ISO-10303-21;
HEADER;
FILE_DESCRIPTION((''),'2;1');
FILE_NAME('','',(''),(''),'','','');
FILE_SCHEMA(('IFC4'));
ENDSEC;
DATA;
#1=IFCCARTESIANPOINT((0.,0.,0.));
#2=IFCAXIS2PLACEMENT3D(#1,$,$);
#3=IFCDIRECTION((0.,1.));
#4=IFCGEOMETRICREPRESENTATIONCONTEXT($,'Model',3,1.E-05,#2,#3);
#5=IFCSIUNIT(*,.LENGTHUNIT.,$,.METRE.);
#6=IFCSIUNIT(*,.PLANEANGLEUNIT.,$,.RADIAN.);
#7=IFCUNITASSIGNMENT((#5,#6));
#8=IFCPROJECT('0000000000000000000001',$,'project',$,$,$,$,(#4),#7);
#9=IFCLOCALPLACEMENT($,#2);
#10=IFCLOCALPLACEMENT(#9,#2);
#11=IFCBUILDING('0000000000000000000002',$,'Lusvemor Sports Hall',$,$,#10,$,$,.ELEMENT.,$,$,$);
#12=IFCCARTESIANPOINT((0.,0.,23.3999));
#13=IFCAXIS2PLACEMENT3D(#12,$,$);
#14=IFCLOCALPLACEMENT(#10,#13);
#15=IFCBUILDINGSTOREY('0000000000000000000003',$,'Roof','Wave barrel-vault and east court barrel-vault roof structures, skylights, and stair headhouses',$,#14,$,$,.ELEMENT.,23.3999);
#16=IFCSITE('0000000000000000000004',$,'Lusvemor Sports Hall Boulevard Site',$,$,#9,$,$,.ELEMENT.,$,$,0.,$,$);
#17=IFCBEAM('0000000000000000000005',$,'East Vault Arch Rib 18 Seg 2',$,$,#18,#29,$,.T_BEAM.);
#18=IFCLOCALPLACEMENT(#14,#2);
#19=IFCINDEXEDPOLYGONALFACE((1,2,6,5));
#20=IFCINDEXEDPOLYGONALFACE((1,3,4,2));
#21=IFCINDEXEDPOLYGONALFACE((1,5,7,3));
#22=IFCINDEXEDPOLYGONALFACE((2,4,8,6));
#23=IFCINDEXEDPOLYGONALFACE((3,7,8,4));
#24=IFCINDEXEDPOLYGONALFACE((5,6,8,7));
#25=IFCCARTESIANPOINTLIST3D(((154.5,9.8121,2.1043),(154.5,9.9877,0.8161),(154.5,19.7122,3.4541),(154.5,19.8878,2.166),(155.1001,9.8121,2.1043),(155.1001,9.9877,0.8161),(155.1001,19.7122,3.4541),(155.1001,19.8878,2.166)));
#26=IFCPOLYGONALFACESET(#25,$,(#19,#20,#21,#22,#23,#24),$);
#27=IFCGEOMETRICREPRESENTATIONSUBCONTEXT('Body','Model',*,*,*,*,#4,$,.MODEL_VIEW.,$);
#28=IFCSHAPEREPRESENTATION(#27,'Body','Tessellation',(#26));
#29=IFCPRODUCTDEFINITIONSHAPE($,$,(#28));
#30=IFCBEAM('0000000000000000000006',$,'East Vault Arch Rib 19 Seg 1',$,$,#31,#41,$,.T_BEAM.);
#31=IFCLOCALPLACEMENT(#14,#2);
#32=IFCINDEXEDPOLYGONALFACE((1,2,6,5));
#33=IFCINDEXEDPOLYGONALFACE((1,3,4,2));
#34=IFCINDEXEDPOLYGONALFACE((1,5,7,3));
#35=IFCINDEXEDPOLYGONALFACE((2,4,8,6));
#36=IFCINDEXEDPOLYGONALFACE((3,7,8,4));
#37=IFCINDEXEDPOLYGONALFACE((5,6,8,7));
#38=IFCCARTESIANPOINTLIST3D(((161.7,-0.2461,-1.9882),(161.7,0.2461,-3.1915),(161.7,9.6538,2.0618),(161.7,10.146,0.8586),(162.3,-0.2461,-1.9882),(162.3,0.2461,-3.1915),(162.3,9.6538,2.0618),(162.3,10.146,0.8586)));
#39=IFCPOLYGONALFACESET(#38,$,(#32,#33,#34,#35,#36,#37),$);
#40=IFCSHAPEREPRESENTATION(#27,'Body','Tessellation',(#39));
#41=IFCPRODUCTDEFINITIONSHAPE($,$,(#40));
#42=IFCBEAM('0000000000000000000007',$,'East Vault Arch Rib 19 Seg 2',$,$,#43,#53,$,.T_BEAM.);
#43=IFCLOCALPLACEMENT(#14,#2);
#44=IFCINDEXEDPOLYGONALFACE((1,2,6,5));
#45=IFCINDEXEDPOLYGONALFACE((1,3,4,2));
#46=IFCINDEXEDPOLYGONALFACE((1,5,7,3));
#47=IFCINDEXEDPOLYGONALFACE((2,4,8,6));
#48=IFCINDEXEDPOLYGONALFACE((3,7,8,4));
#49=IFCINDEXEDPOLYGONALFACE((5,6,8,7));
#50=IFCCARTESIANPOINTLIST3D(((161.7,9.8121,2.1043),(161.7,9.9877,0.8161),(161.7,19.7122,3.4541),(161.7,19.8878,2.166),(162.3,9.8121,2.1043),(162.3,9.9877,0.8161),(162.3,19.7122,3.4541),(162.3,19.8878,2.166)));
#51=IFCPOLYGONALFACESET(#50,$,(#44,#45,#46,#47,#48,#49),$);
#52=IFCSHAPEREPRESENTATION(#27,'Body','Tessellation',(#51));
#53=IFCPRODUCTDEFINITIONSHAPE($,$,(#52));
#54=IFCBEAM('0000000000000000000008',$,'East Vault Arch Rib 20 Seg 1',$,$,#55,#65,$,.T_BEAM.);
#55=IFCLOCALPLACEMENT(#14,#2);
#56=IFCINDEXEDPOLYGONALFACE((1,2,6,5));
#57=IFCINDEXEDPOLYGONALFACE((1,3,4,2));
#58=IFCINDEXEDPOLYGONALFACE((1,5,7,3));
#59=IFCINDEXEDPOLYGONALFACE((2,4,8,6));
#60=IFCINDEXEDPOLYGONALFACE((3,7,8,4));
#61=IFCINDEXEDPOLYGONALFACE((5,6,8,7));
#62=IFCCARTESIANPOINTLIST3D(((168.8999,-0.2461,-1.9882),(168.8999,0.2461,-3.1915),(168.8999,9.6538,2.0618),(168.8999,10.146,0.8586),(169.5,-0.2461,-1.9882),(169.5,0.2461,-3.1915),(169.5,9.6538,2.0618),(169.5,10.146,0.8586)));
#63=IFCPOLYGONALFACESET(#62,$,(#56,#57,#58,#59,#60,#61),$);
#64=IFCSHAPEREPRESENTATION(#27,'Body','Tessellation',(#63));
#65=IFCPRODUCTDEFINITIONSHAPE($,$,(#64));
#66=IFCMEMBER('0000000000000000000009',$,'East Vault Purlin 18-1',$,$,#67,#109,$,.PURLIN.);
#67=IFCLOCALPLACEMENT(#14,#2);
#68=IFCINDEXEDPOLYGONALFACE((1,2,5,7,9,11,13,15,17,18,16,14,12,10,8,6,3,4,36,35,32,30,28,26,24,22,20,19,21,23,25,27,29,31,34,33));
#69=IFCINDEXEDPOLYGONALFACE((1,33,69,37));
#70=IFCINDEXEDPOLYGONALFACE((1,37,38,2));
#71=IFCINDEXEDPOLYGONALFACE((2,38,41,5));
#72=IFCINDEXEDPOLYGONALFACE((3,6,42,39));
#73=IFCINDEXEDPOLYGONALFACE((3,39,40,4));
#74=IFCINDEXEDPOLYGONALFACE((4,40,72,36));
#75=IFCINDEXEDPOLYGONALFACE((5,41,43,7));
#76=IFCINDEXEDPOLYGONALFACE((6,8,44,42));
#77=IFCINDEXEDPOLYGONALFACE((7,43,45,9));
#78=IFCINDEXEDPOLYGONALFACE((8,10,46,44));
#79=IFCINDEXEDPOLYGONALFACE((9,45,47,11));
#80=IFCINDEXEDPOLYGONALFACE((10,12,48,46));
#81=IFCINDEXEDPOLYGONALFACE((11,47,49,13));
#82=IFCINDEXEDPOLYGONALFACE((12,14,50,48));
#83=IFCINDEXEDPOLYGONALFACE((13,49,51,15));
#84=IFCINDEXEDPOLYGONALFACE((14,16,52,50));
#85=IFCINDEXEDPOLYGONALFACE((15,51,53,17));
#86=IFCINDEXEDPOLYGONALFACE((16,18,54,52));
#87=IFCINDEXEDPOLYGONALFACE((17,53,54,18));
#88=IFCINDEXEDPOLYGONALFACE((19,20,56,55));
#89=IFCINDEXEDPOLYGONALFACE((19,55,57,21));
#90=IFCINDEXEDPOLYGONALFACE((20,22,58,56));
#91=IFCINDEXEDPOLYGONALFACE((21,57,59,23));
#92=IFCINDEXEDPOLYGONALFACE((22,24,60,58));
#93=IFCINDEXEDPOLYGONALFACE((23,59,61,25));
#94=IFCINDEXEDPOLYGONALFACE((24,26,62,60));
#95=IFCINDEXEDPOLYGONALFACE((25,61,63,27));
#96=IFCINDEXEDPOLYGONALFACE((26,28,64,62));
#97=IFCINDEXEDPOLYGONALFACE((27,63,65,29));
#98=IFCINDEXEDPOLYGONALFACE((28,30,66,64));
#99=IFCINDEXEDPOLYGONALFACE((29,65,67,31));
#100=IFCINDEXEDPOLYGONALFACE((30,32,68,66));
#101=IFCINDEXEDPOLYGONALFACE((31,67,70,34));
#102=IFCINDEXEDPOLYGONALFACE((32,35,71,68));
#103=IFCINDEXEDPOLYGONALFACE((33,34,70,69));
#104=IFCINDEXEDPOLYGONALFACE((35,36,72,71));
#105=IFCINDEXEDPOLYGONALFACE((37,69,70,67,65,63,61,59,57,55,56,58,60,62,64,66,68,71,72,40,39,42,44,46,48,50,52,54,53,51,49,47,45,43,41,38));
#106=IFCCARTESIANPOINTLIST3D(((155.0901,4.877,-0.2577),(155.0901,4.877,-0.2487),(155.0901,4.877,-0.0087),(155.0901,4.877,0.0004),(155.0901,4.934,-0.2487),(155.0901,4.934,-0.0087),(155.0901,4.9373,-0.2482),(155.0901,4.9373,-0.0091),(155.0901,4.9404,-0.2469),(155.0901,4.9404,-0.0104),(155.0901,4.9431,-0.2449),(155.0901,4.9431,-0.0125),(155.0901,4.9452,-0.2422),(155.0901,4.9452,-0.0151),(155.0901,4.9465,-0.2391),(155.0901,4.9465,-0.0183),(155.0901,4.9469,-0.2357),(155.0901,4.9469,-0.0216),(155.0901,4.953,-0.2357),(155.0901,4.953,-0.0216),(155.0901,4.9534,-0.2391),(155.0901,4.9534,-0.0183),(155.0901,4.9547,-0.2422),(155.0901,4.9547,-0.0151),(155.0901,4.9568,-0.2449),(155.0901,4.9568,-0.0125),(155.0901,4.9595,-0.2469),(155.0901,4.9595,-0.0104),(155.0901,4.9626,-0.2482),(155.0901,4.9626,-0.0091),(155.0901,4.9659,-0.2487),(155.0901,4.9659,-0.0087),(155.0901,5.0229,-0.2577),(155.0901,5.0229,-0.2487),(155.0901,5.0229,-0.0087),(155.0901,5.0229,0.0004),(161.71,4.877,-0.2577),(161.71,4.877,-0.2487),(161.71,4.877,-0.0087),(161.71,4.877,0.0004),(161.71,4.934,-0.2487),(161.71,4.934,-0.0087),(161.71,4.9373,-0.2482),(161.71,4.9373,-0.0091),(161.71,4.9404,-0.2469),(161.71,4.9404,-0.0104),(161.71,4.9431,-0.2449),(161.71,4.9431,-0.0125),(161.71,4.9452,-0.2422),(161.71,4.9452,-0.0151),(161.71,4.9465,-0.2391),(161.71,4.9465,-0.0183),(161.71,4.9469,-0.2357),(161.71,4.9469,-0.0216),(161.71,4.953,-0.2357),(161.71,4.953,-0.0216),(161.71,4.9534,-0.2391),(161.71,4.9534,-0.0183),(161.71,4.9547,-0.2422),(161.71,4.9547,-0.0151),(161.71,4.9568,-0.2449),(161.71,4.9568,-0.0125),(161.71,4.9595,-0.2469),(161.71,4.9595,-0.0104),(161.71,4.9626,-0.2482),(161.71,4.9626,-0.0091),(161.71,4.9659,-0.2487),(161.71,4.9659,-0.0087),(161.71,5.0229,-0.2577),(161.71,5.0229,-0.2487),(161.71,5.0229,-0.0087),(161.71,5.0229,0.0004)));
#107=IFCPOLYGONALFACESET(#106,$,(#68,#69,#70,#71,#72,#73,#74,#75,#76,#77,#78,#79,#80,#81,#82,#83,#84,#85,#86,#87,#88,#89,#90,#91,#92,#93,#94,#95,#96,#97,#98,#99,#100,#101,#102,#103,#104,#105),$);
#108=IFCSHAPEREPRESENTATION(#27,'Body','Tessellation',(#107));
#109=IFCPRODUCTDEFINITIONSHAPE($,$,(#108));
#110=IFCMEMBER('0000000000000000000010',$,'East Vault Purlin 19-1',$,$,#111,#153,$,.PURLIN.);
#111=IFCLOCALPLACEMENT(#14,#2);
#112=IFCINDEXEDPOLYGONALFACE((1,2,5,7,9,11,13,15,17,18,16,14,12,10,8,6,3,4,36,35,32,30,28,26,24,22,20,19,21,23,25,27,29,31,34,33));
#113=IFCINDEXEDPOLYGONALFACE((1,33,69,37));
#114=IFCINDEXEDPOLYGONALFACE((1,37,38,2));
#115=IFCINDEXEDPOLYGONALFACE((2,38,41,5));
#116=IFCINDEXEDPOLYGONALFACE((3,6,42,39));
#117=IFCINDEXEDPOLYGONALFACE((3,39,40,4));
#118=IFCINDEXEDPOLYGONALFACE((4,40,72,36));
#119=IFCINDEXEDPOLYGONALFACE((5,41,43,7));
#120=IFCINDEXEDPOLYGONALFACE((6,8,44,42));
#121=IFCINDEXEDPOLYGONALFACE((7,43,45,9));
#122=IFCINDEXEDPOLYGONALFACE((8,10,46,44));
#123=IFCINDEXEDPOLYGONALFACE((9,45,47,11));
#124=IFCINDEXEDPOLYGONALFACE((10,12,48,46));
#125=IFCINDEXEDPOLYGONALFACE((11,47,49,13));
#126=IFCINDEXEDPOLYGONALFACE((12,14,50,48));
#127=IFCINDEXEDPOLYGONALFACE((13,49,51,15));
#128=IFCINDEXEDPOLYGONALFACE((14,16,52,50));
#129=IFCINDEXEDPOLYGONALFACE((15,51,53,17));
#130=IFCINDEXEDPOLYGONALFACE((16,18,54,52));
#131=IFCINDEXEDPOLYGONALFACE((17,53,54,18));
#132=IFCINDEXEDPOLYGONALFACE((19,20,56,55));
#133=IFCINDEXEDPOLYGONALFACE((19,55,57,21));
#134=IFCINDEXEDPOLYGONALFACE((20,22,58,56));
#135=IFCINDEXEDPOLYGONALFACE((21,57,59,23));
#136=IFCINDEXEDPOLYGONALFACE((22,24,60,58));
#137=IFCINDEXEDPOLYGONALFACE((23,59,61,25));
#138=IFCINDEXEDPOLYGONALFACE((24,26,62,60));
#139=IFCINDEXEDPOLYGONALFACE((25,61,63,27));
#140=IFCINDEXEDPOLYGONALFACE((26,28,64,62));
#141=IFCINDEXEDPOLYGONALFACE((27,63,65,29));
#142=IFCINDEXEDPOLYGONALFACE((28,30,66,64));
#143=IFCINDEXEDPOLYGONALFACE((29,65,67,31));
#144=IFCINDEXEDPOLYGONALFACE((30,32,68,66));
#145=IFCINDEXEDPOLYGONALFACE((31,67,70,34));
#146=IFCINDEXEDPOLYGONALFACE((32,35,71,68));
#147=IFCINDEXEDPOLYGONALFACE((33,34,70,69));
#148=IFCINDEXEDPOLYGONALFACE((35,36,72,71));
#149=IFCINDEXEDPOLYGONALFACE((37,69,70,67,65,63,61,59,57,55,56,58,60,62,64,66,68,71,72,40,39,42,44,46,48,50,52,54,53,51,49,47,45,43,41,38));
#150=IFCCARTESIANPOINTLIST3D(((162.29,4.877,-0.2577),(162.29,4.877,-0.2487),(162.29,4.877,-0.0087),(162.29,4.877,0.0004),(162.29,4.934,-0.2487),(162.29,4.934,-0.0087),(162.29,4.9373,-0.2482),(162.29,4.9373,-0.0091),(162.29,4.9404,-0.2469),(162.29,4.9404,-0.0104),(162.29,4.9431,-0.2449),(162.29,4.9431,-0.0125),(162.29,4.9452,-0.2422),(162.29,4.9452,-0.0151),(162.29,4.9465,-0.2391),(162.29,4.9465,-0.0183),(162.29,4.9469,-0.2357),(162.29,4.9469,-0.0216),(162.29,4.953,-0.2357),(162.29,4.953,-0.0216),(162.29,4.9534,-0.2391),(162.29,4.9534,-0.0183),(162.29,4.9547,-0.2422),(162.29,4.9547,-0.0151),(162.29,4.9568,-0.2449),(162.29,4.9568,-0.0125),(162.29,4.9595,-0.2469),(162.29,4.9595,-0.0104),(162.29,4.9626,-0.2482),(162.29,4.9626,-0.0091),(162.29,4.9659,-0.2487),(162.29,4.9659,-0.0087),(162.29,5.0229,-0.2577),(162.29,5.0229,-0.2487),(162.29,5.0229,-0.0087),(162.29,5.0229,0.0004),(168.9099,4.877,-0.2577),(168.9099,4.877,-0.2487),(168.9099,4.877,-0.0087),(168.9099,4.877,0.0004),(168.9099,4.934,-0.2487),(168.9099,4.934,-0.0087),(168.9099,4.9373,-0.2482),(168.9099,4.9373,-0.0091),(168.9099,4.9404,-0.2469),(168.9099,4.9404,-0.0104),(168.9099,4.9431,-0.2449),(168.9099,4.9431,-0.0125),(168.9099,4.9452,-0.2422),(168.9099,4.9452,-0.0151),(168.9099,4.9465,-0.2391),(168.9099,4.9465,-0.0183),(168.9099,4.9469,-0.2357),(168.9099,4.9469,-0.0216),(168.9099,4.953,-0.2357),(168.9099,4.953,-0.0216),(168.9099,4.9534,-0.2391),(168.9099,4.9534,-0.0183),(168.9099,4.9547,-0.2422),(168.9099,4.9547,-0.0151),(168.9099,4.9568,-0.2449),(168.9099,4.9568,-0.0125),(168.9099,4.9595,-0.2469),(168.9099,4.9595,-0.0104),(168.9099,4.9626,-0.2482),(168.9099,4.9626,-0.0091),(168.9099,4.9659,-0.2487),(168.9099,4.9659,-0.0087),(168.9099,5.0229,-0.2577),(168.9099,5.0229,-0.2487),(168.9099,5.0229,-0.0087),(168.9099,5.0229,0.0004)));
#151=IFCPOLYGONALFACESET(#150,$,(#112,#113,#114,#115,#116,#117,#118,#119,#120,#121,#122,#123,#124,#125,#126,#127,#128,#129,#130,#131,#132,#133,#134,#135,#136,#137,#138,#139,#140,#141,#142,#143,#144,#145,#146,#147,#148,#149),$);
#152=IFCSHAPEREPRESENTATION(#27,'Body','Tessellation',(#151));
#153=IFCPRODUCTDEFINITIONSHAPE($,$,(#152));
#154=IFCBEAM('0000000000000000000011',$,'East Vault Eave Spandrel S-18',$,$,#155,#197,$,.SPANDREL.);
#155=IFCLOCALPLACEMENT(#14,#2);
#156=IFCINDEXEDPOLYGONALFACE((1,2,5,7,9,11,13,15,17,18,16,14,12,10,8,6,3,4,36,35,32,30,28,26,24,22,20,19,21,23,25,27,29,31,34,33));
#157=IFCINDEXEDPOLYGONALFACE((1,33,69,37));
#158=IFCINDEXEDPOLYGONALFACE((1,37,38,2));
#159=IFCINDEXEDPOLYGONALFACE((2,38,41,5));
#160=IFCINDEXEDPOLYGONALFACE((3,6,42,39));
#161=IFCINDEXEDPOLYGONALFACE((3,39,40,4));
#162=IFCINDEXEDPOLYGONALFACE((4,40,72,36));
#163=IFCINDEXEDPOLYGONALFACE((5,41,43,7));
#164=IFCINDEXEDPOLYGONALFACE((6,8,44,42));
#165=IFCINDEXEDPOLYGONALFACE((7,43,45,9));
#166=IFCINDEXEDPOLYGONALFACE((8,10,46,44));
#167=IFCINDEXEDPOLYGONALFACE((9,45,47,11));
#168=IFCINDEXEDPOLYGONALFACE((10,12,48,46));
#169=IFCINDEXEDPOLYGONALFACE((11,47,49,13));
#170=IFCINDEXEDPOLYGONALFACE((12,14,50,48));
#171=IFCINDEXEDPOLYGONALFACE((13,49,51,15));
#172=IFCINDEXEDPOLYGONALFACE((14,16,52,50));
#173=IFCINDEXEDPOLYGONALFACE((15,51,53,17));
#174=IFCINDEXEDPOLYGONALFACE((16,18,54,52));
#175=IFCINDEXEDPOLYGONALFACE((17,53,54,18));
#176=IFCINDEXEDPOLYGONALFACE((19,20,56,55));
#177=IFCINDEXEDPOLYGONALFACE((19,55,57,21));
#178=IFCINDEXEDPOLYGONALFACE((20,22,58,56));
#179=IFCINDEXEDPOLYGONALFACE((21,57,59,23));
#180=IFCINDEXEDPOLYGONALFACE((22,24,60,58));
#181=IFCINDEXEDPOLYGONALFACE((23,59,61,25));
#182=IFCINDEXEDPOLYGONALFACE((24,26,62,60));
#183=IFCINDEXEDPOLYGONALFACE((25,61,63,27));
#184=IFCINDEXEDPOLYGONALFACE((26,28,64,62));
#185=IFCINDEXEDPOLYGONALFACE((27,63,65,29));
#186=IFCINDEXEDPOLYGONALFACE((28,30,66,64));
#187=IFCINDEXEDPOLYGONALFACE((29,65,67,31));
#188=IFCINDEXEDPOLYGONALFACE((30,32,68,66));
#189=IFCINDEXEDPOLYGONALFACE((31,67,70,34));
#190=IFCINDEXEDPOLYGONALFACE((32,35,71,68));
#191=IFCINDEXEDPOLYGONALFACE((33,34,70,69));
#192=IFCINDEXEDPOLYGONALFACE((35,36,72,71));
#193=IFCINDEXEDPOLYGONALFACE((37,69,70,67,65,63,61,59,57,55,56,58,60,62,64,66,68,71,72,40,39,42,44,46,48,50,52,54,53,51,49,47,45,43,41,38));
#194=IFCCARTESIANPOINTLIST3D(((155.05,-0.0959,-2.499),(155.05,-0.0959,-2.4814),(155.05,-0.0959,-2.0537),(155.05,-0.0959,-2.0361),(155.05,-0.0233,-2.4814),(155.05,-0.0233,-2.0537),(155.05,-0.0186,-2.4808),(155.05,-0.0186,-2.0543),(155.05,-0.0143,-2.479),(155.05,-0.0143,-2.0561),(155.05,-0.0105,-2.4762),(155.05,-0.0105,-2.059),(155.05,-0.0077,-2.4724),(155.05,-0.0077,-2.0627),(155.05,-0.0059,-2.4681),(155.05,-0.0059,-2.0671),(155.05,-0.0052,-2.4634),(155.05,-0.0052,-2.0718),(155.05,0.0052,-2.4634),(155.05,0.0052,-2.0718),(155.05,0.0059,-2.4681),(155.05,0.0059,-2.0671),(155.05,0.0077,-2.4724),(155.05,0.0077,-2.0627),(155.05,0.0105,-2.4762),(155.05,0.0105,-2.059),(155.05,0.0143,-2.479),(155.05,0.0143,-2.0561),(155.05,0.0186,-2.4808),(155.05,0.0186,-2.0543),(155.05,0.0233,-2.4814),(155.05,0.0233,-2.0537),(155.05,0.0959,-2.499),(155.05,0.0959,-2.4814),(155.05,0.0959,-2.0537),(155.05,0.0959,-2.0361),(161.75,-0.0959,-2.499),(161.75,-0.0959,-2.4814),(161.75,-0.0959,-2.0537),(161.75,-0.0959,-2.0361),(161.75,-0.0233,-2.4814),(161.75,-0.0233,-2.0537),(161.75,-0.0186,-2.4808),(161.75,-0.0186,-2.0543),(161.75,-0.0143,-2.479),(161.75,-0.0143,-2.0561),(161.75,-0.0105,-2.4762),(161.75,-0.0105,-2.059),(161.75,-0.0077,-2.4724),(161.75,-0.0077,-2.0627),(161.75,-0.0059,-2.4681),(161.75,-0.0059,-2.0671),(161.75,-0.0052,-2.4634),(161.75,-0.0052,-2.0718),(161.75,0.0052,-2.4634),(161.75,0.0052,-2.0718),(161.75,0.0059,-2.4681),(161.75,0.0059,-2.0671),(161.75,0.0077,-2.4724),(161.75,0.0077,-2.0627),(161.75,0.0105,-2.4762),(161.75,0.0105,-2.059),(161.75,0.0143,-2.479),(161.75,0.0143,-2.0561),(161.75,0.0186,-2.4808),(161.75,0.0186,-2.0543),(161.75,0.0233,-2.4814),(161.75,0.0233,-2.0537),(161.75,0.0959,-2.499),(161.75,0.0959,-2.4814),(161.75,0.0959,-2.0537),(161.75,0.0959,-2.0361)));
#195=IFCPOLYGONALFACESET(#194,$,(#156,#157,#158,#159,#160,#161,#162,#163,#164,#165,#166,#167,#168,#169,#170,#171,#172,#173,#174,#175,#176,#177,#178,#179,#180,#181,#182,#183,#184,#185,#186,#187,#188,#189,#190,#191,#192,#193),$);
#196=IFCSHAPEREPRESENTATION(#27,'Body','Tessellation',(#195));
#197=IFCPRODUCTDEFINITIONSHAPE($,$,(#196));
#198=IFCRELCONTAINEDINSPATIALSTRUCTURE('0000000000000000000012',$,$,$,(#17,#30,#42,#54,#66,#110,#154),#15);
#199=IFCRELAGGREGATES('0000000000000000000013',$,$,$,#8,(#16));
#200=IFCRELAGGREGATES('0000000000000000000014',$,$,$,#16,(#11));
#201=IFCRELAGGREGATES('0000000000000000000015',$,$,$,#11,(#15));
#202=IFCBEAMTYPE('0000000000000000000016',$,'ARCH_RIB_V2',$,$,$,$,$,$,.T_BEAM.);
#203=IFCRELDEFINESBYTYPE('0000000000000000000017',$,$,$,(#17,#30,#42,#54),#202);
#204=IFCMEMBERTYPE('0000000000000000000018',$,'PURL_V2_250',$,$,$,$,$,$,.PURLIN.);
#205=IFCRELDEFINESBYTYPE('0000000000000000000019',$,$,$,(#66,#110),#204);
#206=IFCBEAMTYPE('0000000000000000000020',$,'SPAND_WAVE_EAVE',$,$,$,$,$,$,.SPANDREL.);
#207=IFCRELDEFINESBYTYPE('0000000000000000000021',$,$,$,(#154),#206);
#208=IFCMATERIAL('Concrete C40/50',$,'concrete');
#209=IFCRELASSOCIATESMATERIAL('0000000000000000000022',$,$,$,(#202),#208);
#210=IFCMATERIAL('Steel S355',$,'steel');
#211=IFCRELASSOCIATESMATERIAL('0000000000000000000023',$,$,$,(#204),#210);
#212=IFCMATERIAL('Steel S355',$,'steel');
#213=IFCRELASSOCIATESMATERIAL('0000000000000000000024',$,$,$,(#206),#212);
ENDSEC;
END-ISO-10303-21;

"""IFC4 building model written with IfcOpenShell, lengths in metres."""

from ifc_helpers import new_model, si_unit, direction, frame, origin, origin_2d, place, context, subcontext, project, spatial, rectangle, i_section, extrude, material, material_profile, profile_set, type_object, element, save


model = new_model("IFC4")

# Units and contexts
model_context = context("Model", 3, precision=1e-05, world=origin(), true_north=direction((0.0, 1.0)))
body_context = subcontext(model_context, "Body", "Model", "MODEL_VIEW")
ifc_project = project(units=[si_unit("LENGTHUNIT", "METRE"), si_unit("PLANEANGLEUNIT", "RADIAN")], contexts=[model_context])

# Site, building, storey
site_placement = place(None, origin())
site = spatial("IfcSite", under=ifc_project, at=site_placement, Name="Lusvemor Sports Hall Boulevard Site", CompositionType="ELEMENT", RefElevation=0.0)
building_placement = place(site_placement, origin())
building = spatial("IfcBuilding", under=site, at=building_placement, Name="Lusvemor Sports Hall", CompositionType="ELEMENT")
storey_placement = place(building_placement, frame((0.0, 0.0, 23.3999)))
storey = spatial("IfcBuildingStorey", under=building, at=storey_placement, Name="Roof", Description="Wave barrel-vault and east court barrel-vault roof structures, skylights, and stair headhouses", CompositionType="ELEMENT", Elevation=23.3999)

# Beams
ifc_material_1 = material(Name="Concrete C40/50", Category="concrete")
ifc_material_profile_1 = material_profile(ifc_material_1, rectangle(XDim=0.6001, YDim=1.3, at=origin_2d()), Name="RC600x1300")
ifc_profile_set_1 = profile_set([ifc_material_profile_1], Name="Concrete C40/50")
beam_type_1 = type_object("IfcBeamType", Name="ARCH_RIB_V2", PredefinedType="T_BEAM", material=ifc_profile_set_1)
beam_1_placement = place(storey_placement, frame((154.8, 9.8999, 1.4602), z_axis=(0.0, 0.990832, 0.135097), x_axis=(-1.0, 0.0, 0.0)))
element("IfcBeam", 1, at=beam_1_placement, inside=storey, type_object=beam_type_1, Name="East Vault Arch Rib 18 Seg 2", PredefinedType="T_BEAM", context=body_context, shape_type="SweptSolid", body=[
    extrude(rectangle(XDim=0.6001, YDim=1.3, at=origin_2d()), origin(), (0.0, 0.0, 1.0), 9.9917),
])
beam_2_placement = place(storey_placement, frame((162.0, 0.0, -2.5898), z_axis=(0.0, 0.925544, 0.37864), x_axis=(-1.0, 0.0, 0.0)))
element("IfcBeam", 2, at=beam_2_placement, inside=storey, type_object=beam_type_1, Name="East Vault Arch Rib 19 Seg 1", PredefinedType="T_BEAM", context=body_context, shape_type="SweptSolid", body=[
    extrude(rectangle(XDim=0.6001, YDim=1.3, at=origin_2d()), origin(), (0.0, 0.0, 1.0), 10.6963),
])
beam_3_placement = place(storey_placement, frame((162.0, 9.8999, 1.4602), z_axis=(0.0, 0.990832, 0.135097), x_axis=(-1.0, 0.0, 0.0)))
element("IfcBeam", 3, at=beam_3_placement, inside=storey, type_object=beam_type_1, Name="East Vault Arch Rib 19 Seg 2", PredefinedType="T_BEAM", context=body_context, shape_type="SweptSolid", body=[
    extrude(rectangle(XDim=0.6001, YDim=1.3, at=origin_2d()), origin(), (0.0, 0.0, 1.0), 9.9917),
])
beam_4_placement = place(storey_placement, frame((169.2, 0.0, -2.5898), z_axis=(0.0, 0.925544, 0.37864), x_axis=(-1.0, 0.0, 0.0)))
element("IfcBeam", 4, at=beam_4_placement, inside=storey, type_object=beam_type_1, Name="East Vault Arch Rib 20 Seg 1", PredefinedType="T_BEAM", context=body_context, shape_type="SweptSolid", body=[
    extrude(rectangle(XDim=0.6001, YDim=1.3, at=origin_2d()), origin(), (0.0, 0.0, 1.0), 10.6963),
])

# Members
ifc_material_2 = material(Name="Steel S355", Category="steel")
ifc_material_profile_2 = material_profile(ifc_material_2, i_section(OverallWidth=0.146, OverallDepth=0.2581, WebThickness=0.0061, FlangeThickness=0.009, FilletRadius=0.0129, at=origin_2d()), Name="W250x32.7")
ifc_profile_set_2 = profile_set([ifc_material_profile_2], Name="Steel S355")
member_type_1 = type_object("IfcMemberType", Name="PURL_V2_250", PredefinedType="PURLIN", material=ifc_profile_set_2)
for number, where, z_axis, x_axis, name in (
    (5, (155.0901, 4.95, -0.1287), (1.0, 0.0, 0.0), (0.0, 1.0, 0.0), "East Vault Purlin 18-1"),
    (6, (162.29, 4.95, -0.1287), (1.0, 0.0, 0.0), (0.0, 1.0, 0.0), "East Vault Purlin 19-1"),
):
    element("IfcMember", number, at=place(storey_placement, frame(where, z_axis=z_axis, x_axis=x_axis)), inside=storey, type_object=member_type_1, Name=name, PredefinedType="PURLIN", context=body_context, shape_type="SweptSolid", body=[
        extrude(i_section(OverallWidth=0.146, OverallDepth=0.2581, WebThickness=0.0061, FlangeThickness=0.009, FilletRadius=0.0129, at=origin_2d()), origin(), (0.0, 0.0, 1.0), 6.6199),
    ])

# Beam
ifc_material_3 = material(Name="Steel S355", Category="steel")
ifc_material_profile_3 = material_profile(ifc_material_3, i_section(OverallWidth=0.1919, OverallDepth=0.4629, WebThickness=0.0105, FlangeThickness=0.0176, FilletRadius=0.0181, at=origin_2d()), Name="W460x89.0")
ifc_profile_set_3 = profile_set([ifc_material_profile_3], Name="Steel S355")
beam_type_2 = type_object("IfcBeamType", Name="SPAND_WAVE_EAVE", PredefinedType="SPANDREL", material=ifc_profile_set_3)
for number, where, z_axis, x_axis, name in (
    (7, (155.05, 0.0, -2.2676), (1.0, 0.0, 0.0), (0.0, 1.0, 0.0), "East Vault Eave Spandrel S-18"),
):
    element("IfcBeam", number, at=place(storey_placement, frame(where, z_axis=z_axis, x_axis=x_axis)), inside=storey, type_object=beam_type_2, Name=name, PredefinedType="SPANDREL", context=body_context, shape_type="SweptSolid", body=[
        extrude(i_section(OverallWidth=0.1919, OverallDepth=0.4629, WebThickness=0.0105, FlangeThickness=0.0176, FilletRadius=0.0181, at=origin_2d()), origin(), (0.0, 0.0, 1.0), 6.7),
    ])

save(model, "model.ifc")
